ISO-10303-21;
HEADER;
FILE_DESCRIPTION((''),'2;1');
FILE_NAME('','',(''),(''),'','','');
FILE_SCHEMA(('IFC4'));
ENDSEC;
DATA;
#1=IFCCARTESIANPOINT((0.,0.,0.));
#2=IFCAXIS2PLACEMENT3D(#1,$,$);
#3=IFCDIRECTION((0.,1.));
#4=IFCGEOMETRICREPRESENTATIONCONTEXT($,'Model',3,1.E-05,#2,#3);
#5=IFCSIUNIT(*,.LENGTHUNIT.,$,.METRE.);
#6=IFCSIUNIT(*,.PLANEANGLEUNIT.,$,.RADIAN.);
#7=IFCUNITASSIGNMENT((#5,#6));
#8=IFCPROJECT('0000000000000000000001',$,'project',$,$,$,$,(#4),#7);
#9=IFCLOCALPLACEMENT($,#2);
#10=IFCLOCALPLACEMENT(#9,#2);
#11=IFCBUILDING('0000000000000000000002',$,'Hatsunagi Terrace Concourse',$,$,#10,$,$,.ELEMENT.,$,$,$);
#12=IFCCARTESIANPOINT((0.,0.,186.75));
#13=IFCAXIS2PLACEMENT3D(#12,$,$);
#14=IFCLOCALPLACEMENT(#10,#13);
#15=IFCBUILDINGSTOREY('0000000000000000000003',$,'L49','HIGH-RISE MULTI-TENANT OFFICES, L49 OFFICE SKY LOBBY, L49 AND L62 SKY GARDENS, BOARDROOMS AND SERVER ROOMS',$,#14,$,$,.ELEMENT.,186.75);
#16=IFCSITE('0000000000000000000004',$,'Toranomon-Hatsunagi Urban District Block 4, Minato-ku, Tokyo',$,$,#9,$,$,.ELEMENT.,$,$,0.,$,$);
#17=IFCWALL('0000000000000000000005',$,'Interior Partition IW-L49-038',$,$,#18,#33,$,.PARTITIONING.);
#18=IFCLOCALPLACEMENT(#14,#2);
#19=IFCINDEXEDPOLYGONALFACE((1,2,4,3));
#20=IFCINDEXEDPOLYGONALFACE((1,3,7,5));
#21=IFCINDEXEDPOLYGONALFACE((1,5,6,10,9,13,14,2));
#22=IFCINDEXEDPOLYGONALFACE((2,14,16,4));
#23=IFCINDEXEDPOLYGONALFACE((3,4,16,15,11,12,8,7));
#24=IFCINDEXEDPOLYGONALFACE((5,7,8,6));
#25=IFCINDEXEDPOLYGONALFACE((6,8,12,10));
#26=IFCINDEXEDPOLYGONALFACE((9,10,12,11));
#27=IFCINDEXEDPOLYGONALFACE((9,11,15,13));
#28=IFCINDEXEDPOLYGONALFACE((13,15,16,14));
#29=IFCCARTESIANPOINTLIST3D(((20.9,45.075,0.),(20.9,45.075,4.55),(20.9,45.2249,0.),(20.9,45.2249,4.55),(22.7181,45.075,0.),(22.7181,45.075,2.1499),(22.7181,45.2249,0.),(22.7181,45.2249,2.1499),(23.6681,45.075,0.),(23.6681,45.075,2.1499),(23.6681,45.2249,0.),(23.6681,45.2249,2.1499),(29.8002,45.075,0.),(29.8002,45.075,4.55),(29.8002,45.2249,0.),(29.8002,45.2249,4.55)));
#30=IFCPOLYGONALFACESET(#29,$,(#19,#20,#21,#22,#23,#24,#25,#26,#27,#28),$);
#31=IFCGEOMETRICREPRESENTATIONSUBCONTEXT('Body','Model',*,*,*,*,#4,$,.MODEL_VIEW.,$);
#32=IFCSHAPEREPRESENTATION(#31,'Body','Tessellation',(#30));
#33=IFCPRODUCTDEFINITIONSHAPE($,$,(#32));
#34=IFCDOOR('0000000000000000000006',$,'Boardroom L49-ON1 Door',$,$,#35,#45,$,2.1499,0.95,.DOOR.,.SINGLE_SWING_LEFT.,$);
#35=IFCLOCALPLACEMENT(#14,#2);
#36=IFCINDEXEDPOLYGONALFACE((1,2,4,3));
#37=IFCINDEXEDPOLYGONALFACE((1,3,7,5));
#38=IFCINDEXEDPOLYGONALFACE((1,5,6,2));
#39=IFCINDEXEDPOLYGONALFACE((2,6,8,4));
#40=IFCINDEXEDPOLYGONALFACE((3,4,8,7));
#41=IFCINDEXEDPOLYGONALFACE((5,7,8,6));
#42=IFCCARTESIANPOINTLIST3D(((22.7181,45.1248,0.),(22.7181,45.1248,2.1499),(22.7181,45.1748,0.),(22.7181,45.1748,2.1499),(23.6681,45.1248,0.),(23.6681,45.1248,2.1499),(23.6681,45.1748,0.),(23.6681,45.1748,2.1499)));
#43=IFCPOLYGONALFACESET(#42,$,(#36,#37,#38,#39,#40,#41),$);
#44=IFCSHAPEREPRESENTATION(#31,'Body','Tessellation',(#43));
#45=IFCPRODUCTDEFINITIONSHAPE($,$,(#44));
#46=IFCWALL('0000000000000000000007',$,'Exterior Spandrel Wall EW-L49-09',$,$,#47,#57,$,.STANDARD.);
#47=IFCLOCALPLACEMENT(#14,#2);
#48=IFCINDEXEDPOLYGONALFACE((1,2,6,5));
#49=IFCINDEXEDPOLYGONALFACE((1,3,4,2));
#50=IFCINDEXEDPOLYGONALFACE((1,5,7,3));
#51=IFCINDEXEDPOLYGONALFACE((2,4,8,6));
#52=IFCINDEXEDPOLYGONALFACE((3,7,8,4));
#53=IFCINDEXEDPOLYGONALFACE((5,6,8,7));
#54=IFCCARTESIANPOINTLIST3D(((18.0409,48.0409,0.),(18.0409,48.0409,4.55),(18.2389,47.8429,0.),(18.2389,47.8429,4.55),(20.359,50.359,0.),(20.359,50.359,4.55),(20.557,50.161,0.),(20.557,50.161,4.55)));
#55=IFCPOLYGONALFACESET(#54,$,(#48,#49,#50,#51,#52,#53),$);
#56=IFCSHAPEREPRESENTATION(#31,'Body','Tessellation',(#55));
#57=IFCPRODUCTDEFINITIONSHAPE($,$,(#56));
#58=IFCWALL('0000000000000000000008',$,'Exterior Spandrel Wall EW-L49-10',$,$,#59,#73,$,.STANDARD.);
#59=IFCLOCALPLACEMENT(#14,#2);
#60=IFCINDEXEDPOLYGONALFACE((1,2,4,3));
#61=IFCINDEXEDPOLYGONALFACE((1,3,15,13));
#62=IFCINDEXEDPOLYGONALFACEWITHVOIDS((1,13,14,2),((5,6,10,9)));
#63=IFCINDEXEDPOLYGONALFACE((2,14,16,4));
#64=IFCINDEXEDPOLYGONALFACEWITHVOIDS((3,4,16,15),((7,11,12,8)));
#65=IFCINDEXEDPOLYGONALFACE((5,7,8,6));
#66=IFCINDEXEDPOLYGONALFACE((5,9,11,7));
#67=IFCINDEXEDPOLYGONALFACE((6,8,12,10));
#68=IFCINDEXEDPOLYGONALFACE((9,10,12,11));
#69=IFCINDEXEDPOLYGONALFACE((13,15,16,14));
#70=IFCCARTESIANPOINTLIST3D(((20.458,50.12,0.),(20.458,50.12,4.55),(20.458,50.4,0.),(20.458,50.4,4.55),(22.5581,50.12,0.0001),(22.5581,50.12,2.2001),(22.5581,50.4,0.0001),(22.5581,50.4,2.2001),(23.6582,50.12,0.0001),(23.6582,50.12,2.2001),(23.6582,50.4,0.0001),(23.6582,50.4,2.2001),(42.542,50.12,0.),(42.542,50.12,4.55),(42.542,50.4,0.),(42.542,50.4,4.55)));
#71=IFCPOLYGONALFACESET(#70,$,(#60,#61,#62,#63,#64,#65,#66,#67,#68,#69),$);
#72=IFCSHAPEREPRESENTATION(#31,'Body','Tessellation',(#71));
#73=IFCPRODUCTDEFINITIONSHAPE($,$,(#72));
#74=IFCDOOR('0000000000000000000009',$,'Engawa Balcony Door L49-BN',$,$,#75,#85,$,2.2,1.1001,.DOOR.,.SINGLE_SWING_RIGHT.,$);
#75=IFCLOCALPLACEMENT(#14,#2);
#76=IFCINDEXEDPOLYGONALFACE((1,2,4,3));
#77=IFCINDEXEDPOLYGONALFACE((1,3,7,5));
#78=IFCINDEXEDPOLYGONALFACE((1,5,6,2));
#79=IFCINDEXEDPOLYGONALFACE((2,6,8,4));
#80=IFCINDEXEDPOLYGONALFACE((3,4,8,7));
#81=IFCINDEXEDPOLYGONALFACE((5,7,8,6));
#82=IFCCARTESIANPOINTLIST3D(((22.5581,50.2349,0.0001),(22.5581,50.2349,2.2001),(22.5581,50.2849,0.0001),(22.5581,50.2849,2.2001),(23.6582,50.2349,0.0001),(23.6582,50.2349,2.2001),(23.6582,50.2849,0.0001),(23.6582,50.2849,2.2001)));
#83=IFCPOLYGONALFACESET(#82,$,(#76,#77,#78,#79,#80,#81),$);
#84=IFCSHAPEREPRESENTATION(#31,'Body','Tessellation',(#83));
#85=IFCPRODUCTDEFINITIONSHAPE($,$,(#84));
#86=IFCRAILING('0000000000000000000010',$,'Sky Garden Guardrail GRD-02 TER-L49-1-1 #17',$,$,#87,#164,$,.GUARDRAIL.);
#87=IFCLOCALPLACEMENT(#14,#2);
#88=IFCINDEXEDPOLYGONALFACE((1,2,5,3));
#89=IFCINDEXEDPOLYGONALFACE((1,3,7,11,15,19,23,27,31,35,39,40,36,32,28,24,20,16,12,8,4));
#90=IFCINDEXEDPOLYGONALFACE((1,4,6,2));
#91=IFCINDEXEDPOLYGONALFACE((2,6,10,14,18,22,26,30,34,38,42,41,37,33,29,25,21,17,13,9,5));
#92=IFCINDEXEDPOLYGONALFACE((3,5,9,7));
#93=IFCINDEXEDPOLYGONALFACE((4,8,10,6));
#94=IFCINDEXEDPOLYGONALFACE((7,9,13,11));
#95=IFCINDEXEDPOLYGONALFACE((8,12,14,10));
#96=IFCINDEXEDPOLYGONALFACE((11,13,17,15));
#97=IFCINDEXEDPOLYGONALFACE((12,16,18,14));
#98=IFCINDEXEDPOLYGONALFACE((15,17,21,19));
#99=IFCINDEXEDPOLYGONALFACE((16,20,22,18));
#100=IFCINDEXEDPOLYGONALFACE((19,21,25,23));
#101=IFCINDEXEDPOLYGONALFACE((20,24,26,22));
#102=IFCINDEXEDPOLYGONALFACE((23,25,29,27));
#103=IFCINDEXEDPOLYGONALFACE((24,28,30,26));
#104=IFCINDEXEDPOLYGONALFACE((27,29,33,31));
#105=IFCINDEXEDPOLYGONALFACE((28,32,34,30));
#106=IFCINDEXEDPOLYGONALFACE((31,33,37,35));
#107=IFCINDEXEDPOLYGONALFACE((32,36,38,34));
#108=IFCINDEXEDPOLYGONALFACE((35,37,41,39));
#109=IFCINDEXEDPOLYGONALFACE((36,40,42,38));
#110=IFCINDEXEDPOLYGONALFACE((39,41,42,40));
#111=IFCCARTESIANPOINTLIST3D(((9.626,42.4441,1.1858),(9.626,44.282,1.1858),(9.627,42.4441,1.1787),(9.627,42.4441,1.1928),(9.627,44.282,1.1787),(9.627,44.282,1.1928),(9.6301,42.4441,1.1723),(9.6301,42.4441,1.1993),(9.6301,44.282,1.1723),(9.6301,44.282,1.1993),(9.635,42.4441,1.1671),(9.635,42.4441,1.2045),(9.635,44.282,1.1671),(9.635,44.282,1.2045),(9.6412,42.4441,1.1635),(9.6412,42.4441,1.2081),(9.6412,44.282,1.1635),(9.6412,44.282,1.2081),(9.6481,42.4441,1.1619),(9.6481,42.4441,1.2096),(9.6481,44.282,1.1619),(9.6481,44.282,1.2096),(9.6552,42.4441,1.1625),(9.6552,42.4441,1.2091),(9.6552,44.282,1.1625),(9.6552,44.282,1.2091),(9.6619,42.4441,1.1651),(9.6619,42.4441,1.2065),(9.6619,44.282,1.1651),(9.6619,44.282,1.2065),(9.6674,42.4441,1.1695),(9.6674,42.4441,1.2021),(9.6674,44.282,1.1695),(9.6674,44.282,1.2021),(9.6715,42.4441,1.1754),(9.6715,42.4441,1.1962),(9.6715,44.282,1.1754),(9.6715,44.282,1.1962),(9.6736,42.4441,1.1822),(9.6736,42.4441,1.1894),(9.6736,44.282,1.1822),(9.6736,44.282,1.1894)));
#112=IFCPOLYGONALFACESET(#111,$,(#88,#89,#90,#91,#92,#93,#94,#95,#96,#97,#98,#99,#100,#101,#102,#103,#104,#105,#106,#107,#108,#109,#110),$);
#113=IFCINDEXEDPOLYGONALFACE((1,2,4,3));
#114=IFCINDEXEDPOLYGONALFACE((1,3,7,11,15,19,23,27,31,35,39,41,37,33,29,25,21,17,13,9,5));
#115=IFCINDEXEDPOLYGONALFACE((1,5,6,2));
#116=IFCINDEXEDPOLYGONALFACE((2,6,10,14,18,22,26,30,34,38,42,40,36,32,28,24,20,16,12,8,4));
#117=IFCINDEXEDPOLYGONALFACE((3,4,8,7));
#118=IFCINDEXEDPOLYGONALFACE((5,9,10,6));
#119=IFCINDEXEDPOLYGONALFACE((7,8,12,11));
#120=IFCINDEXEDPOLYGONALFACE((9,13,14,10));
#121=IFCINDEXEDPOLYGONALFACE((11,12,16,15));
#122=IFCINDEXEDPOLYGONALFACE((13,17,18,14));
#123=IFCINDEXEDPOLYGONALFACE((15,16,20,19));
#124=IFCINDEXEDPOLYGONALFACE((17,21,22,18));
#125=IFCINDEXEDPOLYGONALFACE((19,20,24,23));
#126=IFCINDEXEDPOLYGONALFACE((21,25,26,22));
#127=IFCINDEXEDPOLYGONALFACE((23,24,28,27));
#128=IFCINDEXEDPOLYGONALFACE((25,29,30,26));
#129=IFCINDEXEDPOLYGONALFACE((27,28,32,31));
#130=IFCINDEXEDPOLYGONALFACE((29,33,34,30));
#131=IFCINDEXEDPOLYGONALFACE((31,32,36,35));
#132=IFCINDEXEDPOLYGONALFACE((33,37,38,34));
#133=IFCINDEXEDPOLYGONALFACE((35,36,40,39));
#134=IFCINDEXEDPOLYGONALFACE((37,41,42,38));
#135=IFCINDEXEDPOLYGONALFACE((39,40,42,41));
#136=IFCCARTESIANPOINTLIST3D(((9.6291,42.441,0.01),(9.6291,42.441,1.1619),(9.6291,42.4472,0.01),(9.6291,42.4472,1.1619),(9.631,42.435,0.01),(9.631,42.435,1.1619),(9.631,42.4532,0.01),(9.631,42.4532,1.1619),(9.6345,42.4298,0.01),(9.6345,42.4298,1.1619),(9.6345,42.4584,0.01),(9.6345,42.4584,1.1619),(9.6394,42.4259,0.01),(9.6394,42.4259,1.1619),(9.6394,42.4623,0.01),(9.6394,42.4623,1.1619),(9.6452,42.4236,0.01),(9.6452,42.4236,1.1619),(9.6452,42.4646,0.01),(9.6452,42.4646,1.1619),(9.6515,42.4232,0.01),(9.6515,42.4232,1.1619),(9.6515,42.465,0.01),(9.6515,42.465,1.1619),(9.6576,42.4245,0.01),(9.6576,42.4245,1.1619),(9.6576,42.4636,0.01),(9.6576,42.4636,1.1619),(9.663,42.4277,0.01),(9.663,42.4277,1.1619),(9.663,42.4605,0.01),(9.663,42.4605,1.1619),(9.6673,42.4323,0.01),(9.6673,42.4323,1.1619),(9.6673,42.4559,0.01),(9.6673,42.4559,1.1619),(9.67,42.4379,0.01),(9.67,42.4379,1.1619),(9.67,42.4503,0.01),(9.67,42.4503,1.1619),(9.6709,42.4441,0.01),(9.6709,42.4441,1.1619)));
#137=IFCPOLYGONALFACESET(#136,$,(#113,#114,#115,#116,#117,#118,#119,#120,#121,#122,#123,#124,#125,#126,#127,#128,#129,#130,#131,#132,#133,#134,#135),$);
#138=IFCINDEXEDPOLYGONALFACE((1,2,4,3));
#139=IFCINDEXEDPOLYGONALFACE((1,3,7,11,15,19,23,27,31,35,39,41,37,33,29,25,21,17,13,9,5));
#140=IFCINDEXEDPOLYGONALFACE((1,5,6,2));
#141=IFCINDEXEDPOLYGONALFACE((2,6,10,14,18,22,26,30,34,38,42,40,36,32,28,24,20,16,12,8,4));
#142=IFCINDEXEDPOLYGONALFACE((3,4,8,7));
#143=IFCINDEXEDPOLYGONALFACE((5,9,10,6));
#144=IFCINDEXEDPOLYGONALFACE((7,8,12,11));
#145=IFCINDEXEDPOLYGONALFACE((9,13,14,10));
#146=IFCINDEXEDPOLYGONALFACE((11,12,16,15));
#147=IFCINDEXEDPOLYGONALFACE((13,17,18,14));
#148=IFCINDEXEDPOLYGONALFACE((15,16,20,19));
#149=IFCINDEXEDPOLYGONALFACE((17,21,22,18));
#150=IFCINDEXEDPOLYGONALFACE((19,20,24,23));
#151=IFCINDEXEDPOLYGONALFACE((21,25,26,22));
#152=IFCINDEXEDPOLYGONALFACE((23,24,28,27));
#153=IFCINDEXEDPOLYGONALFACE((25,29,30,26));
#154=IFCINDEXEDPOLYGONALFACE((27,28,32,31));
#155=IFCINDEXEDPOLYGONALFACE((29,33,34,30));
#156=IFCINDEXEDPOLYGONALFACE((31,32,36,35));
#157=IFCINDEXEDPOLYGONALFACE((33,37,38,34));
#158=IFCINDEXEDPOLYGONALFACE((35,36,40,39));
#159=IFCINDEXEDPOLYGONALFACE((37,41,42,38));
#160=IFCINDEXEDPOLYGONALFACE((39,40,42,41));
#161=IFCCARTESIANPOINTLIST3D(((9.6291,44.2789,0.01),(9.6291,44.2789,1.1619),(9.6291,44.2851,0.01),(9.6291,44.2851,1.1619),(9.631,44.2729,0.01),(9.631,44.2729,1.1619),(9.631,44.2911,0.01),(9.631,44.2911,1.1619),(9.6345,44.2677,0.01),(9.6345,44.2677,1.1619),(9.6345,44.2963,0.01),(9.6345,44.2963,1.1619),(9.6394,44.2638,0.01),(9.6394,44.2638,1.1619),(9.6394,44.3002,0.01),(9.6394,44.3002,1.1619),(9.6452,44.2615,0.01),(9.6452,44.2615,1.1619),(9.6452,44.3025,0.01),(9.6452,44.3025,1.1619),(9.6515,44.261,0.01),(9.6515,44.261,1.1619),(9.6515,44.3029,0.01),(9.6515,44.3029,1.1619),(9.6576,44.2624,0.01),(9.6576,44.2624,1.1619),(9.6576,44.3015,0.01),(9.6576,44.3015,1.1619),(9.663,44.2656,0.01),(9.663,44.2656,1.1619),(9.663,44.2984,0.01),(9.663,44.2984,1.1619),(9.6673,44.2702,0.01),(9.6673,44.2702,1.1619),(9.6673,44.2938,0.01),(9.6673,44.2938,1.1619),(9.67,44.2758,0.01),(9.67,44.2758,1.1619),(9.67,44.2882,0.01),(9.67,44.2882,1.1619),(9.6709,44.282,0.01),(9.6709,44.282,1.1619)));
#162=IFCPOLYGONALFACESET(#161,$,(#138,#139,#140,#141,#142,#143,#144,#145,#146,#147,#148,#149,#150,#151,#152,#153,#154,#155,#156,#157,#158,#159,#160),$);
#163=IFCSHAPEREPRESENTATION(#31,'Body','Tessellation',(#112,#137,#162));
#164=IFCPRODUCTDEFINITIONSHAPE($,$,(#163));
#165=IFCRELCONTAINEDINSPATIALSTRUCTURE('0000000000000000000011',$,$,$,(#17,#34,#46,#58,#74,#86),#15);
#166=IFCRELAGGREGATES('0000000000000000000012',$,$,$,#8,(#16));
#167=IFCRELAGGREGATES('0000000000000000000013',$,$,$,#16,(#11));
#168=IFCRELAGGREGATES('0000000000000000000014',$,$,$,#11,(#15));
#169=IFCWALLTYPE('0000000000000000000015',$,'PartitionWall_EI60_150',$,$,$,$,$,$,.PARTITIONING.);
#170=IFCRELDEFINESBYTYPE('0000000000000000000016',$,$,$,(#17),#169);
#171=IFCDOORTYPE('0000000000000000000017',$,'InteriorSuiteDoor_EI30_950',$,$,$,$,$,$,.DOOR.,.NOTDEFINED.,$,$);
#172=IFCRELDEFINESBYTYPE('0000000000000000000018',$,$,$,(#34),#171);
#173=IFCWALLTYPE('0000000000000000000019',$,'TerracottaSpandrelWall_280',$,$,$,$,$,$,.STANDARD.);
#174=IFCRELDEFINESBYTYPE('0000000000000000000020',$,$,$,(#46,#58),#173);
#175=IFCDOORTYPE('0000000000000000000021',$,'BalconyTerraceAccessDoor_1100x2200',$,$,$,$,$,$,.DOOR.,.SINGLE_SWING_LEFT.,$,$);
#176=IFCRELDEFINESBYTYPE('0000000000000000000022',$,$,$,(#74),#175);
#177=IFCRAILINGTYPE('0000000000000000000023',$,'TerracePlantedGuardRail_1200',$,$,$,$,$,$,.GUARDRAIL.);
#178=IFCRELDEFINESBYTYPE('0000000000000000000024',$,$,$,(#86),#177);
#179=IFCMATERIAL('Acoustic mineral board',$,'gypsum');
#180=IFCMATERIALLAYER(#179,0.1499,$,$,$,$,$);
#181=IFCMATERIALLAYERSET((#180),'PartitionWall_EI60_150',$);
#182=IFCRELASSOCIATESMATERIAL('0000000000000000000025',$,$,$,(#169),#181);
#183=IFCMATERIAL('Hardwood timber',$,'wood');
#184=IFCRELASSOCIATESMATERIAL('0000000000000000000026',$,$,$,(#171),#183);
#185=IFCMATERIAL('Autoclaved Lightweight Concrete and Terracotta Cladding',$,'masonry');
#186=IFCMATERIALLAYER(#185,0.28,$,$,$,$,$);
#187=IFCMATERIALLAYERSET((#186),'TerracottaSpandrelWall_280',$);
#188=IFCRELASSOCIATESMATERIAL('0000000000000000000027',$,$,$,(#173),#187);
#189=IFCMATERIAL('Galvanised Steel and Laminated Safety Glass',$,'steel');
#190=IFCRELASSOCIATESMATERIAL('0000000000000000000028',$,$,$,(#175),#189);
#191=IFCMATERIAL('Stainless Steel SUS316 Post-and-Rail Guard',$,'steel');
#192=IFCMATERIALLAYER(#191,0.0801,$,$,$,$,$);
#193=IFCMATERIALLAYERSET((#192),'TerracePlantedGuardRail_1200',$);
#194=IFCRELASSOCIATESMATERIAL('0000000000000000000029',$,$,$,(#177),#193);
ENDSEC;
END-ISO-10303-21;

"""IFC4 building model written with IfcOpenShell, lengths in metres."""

from ifc_helpers import new_model, si_unit, direction, frame, frame_2d, origin, origin_2d, place, context, subcontext, project, spatial, rectangle, circle, extrude, material, layer, layer_set, type_object, element, fill, save


model = new_model("IFC4")

# Units and contexts
model_context = context("Model", 3, precision=1e-05, world=origin(), true_north=direction((0.0, 1.0)))
body_context = subcontext(model_context, "Body", "Model", "MODEL_VIEW")
ifc_project = project(units=[si_unit("LENGTHUNIT", "METRE"), si_unit("PLANEANGLEUNIT", "RADIAN")], contexts=[model_context])

# Site, building, storey
site_placement = place(None, origin())
site = spatial("IfcSite", under=ifc_project, at=site_placement, Name="Toranomon-Hatsunagi Urban District Block 4, Minato-ku, Tokyo", CompositionType="ELEMENT", RefElevation=0.0)
building_placement = place(site_placement, origin())
building = spatial("IfcBuilding", under=site, at=building_placement, Name="Hatsunagi Terrace Concourse", CompositionType="ELEMENT")
storey_placement = place(building_placement, frame((0.0, 0.0, 186.75)))
storey = spatial("IfcBuildingStorey", under=building, at=storey_placement, Name="L49", Description="HIGH-RISE MULTI-TENANT OFFICES, L49 OFFICE SKY LOBBY, L49 AND L62 SKY GARDENS, BOARDROOMS AND SERVER ROOMS", CompositionType="ELEMENT", Elevation=186.75)

# Wall, opening, door
ifc_material_1 = material(Name="Acoustic mineral board", Category="gypsum")
ifc_layer_1 = layer(ifc_material_1, 0.1499)
ifc_layer_set_1 = layer_set([ifc_layer_1], Name="PartitionWall_EI60_150")
wall_type_1 = type_object("IfcWallType", Name="PartitionWall_EI60_150", PredefinedType="PARTITIONING", material=ifc_layer_set_1)
ifc_material_2 = material(Name="Hardwood timber", Category="wood")
door_type_1 = type_object("IfcDoorType", Name="InteriorSuiteDoor_EI30_950", OperationType="NOTDEFINED", PredefinedType="DOOR", material=ifc_material_2)
wall_1_placement = place(storey_placement, frame((20.8999, 45.1499, 0.0), z_axis=(0.0, 0.0, 1.0), x_axis=(1.0, 0.0, 0.0)))
wall_1 = element("IfcWall", 1, at=wall_1_placement, inside=storey, type_object=wall_type_1, Name="Interior Partition IW-L49-038", PredefinedType="PARTITIONING", context=body_context, shape_type="SweptSolid", body=[
    extrude(rectangle(XDim=8.9001, YDim=0.1499, at=frame_2d((4.4502, 0.0))), origin(), (0.0, 0.0, 1.0), 4.55),
])
opening_1_placement = place(wall_1_placement, frame((1.8181, 0.0, 0.0)))
opening_1 = element("IfcOpeningElement", 2, at=opening_1_placement, cuts=wall_1, PredefinedType="OPENING", context=body_context, shape_type="SweptSolid", body=[
    extrude(rectangle(XDim=0.95, YDim=2.1499, at=frame_2d((0.4751, 1.075))), frame((0.0, 0.085, 0.0), z_axis=(0.0, -1.0, 0.0), x_axis=(1.0, 0.0, 0.0)), (0.0, 0.0, 1.0), 0.1699),
])
door_1_placement = place(opening_1_placement, origin())
door_1 = element("IfcDoor", 3, at=door_1_placement, inside=storey, type_object=door_type_1, Name="Boardroom L49-ON1 Door", OperationType="SINGLE_SWING_LEFT", OverallHeight=2.1499, OverallWidth=0.95, PredefinedType="DOOR", context=body_context, shape_type="SweptSolid", body=[
    extrude(rectangle(XDim=0.95, YDim=2.1499, at=frame_2d((0.4751, 1.075))), frame((0.0, 0.0249, 0.0), z_axis=(0.0, -1.0, 0.0), x_axis=(1.0, 0.0, 0.0)), (0.0, 0.0, 1.0), 0.05),
])
fill(opening_1, door_1)

# Wall
ifc_material_3 = material(Name="Autoclaved Lightweight Concrete and Terracotta Cladding", Category="masonry")
ifc_layer_2 = layer(ifc_material_3, 0.28)
ifc_layer_set_2 = layer_set([ifc_layer_2], Name="TerracottaSpandrelWall_280")
wall_type_2 = type_object("IfcWallType", Name="TerracottaSpandrelWall_280", PredefinedType="STANDARD", material=ifc_layer_set_2)
wall_2_placement = place(storey_placement, frame((18.1399, 47.9419, 0.0), z_axis=(0.0, 0.0, 1.0), x_axis=(0.707107, 0.707107, 0.0)))
element("IfcWall", 4, at=wall_2_placement, inside=storey, type_object=wall_type_2, Name="Exterior Spandrel Wall EW-L49-09", PredefinedType="STANDARD", context=body_context, shape_type="SweptSolid", body=[
    extrude(rectangle(XDim=3.2783, YDim=0.28, at=frame_2d((1.6392, 0.0))), origin(), (0.0, 0.0, 1.0), 4.55),
])

# Wall, opening, door
wall_3_placement = place(storey_placement, frame((20.458, 50.26, 0.0), z_axis=(0.0, 0.0, 1.0), x_axis=(1.0, 0.0, 0.0)))
wall_3 = element("IfcWall", 5, at=wall_3_placement, inside=storey, type_object=wall_type_2, Name="Exterior Spandrel Wall EW-L49-10", PredefinedType="STANDARD", context=body_context, shape_type="SweptSolid", body=[
    extrude(rectangle(XDim=22.084, YDim=0.28, at=frame_2d((11.042, 0.0))), origin(), (0.0, 0.0, 1.0), 4.55),
])
opening_2_placement = place(wall_3_placement, frame((2.1001, 0.0, 0.0)))
opening_2 = element("IfcOpeningElement", 6, at=opening_2_placement, cuts=wall_3, PredefinedType="OPENING", context=body_context, shape_type="SweptSolid", body=[
    extrude(rectangle(XDim=1.1001, YDim=2.2, at=frame_2d((0.55, 1.1001))), frame((0.0, 0.1499, 0.0), z_axis=(0.0, -1.0, 0.0), x_axis=(1.0, 0.0, 0.0)), (0.0, 0.0, 1.0), 0.3),
])
ifc_material_4 = material(Name="Galvanised Steel and Laminated Safety Glass", Category="steel")
door_type_2 = type_object("IfcDoorType", Name="BalconyTerraceAccessDoor_1100x2200", OperationType="SINGLE_SWING_LEFT", PredefinedType="DOOR", material=ifc_material_4)
door_2_placement = place(opening_2_placement, origin())
door_2 = element("IfcDoor", 7, at=door_2_placement, inside=storey, type_object=door_type_2, Name="Engawa Balcony Door L49-BN", OperationType="SINGLE_SWING_RIGHT", OverallHeight=2.2, OverallWidth=1.1001, PredefinedType="DOOR", context=body_context, shape_type="SweptSolid", body=[
    extrude(rectangle(XDim=1.1001, YDim=2.2, at=frame_2d((0.55, 1.1001))), frame((0.0, 0.0249, 0.0), z_axis=(0.0, -1.0, 0.0), x_axis=(1.0, 0.0, 0.0)), (0.0, 0.0, 1.0), 0.05),
])
fill(opening_2, door_2)

# Railing
ifc_material_5 = material(Name="Stainless Steel SUS316 Post-and-Rail Guard", Category="steel")
ifc_layer_3 = layer(ifc_material_5, 0.0801)
ifc_layer_set_3 = layer_set([ifc_layer_3], Name="TerracePlantedGuardRail_1200")
railing_type = type_object("IfcRailingType", Name="TerracePlantedGuardRail_1200", PredefinedType="GUARDRAIL", material=ifc_layer_set_3)
railing_1_placement = place(storey_placement, frame((9.6499, 42.4441, 0.01)))
element("IfcRailing", 8, at=railing_1_placement, inside=storey, type_object=railing_type, Name="Sky Garden Guardrail GRD-02 TER-L49-1-1 #17", PredefinedType="GUARDRAIL", context=body_context, shape_type="SweptSolid", body=[
    extrude(circle(Radius=0.0239, at=origin_2d()), frame((0.0, 0.0, 1.1758), z_axis=(0.0, 1.0, 0.0), x_axis=(-1.0, 0.0, 0.0)), (0.0, 0.0, 1.0), 1.8379),
    extrude(circle(Radius=0.021, at=origin_2d()), origin(), (0.0, 0.0, 1.0), 1.1519),
    extrude(circle(Radius=0.021, at=origin_2d()), frame((0.0, 1.8379, 0.0)), (0.0, 0.0, 1.0), 1.1519),
])

save(model, "model.ifc")
